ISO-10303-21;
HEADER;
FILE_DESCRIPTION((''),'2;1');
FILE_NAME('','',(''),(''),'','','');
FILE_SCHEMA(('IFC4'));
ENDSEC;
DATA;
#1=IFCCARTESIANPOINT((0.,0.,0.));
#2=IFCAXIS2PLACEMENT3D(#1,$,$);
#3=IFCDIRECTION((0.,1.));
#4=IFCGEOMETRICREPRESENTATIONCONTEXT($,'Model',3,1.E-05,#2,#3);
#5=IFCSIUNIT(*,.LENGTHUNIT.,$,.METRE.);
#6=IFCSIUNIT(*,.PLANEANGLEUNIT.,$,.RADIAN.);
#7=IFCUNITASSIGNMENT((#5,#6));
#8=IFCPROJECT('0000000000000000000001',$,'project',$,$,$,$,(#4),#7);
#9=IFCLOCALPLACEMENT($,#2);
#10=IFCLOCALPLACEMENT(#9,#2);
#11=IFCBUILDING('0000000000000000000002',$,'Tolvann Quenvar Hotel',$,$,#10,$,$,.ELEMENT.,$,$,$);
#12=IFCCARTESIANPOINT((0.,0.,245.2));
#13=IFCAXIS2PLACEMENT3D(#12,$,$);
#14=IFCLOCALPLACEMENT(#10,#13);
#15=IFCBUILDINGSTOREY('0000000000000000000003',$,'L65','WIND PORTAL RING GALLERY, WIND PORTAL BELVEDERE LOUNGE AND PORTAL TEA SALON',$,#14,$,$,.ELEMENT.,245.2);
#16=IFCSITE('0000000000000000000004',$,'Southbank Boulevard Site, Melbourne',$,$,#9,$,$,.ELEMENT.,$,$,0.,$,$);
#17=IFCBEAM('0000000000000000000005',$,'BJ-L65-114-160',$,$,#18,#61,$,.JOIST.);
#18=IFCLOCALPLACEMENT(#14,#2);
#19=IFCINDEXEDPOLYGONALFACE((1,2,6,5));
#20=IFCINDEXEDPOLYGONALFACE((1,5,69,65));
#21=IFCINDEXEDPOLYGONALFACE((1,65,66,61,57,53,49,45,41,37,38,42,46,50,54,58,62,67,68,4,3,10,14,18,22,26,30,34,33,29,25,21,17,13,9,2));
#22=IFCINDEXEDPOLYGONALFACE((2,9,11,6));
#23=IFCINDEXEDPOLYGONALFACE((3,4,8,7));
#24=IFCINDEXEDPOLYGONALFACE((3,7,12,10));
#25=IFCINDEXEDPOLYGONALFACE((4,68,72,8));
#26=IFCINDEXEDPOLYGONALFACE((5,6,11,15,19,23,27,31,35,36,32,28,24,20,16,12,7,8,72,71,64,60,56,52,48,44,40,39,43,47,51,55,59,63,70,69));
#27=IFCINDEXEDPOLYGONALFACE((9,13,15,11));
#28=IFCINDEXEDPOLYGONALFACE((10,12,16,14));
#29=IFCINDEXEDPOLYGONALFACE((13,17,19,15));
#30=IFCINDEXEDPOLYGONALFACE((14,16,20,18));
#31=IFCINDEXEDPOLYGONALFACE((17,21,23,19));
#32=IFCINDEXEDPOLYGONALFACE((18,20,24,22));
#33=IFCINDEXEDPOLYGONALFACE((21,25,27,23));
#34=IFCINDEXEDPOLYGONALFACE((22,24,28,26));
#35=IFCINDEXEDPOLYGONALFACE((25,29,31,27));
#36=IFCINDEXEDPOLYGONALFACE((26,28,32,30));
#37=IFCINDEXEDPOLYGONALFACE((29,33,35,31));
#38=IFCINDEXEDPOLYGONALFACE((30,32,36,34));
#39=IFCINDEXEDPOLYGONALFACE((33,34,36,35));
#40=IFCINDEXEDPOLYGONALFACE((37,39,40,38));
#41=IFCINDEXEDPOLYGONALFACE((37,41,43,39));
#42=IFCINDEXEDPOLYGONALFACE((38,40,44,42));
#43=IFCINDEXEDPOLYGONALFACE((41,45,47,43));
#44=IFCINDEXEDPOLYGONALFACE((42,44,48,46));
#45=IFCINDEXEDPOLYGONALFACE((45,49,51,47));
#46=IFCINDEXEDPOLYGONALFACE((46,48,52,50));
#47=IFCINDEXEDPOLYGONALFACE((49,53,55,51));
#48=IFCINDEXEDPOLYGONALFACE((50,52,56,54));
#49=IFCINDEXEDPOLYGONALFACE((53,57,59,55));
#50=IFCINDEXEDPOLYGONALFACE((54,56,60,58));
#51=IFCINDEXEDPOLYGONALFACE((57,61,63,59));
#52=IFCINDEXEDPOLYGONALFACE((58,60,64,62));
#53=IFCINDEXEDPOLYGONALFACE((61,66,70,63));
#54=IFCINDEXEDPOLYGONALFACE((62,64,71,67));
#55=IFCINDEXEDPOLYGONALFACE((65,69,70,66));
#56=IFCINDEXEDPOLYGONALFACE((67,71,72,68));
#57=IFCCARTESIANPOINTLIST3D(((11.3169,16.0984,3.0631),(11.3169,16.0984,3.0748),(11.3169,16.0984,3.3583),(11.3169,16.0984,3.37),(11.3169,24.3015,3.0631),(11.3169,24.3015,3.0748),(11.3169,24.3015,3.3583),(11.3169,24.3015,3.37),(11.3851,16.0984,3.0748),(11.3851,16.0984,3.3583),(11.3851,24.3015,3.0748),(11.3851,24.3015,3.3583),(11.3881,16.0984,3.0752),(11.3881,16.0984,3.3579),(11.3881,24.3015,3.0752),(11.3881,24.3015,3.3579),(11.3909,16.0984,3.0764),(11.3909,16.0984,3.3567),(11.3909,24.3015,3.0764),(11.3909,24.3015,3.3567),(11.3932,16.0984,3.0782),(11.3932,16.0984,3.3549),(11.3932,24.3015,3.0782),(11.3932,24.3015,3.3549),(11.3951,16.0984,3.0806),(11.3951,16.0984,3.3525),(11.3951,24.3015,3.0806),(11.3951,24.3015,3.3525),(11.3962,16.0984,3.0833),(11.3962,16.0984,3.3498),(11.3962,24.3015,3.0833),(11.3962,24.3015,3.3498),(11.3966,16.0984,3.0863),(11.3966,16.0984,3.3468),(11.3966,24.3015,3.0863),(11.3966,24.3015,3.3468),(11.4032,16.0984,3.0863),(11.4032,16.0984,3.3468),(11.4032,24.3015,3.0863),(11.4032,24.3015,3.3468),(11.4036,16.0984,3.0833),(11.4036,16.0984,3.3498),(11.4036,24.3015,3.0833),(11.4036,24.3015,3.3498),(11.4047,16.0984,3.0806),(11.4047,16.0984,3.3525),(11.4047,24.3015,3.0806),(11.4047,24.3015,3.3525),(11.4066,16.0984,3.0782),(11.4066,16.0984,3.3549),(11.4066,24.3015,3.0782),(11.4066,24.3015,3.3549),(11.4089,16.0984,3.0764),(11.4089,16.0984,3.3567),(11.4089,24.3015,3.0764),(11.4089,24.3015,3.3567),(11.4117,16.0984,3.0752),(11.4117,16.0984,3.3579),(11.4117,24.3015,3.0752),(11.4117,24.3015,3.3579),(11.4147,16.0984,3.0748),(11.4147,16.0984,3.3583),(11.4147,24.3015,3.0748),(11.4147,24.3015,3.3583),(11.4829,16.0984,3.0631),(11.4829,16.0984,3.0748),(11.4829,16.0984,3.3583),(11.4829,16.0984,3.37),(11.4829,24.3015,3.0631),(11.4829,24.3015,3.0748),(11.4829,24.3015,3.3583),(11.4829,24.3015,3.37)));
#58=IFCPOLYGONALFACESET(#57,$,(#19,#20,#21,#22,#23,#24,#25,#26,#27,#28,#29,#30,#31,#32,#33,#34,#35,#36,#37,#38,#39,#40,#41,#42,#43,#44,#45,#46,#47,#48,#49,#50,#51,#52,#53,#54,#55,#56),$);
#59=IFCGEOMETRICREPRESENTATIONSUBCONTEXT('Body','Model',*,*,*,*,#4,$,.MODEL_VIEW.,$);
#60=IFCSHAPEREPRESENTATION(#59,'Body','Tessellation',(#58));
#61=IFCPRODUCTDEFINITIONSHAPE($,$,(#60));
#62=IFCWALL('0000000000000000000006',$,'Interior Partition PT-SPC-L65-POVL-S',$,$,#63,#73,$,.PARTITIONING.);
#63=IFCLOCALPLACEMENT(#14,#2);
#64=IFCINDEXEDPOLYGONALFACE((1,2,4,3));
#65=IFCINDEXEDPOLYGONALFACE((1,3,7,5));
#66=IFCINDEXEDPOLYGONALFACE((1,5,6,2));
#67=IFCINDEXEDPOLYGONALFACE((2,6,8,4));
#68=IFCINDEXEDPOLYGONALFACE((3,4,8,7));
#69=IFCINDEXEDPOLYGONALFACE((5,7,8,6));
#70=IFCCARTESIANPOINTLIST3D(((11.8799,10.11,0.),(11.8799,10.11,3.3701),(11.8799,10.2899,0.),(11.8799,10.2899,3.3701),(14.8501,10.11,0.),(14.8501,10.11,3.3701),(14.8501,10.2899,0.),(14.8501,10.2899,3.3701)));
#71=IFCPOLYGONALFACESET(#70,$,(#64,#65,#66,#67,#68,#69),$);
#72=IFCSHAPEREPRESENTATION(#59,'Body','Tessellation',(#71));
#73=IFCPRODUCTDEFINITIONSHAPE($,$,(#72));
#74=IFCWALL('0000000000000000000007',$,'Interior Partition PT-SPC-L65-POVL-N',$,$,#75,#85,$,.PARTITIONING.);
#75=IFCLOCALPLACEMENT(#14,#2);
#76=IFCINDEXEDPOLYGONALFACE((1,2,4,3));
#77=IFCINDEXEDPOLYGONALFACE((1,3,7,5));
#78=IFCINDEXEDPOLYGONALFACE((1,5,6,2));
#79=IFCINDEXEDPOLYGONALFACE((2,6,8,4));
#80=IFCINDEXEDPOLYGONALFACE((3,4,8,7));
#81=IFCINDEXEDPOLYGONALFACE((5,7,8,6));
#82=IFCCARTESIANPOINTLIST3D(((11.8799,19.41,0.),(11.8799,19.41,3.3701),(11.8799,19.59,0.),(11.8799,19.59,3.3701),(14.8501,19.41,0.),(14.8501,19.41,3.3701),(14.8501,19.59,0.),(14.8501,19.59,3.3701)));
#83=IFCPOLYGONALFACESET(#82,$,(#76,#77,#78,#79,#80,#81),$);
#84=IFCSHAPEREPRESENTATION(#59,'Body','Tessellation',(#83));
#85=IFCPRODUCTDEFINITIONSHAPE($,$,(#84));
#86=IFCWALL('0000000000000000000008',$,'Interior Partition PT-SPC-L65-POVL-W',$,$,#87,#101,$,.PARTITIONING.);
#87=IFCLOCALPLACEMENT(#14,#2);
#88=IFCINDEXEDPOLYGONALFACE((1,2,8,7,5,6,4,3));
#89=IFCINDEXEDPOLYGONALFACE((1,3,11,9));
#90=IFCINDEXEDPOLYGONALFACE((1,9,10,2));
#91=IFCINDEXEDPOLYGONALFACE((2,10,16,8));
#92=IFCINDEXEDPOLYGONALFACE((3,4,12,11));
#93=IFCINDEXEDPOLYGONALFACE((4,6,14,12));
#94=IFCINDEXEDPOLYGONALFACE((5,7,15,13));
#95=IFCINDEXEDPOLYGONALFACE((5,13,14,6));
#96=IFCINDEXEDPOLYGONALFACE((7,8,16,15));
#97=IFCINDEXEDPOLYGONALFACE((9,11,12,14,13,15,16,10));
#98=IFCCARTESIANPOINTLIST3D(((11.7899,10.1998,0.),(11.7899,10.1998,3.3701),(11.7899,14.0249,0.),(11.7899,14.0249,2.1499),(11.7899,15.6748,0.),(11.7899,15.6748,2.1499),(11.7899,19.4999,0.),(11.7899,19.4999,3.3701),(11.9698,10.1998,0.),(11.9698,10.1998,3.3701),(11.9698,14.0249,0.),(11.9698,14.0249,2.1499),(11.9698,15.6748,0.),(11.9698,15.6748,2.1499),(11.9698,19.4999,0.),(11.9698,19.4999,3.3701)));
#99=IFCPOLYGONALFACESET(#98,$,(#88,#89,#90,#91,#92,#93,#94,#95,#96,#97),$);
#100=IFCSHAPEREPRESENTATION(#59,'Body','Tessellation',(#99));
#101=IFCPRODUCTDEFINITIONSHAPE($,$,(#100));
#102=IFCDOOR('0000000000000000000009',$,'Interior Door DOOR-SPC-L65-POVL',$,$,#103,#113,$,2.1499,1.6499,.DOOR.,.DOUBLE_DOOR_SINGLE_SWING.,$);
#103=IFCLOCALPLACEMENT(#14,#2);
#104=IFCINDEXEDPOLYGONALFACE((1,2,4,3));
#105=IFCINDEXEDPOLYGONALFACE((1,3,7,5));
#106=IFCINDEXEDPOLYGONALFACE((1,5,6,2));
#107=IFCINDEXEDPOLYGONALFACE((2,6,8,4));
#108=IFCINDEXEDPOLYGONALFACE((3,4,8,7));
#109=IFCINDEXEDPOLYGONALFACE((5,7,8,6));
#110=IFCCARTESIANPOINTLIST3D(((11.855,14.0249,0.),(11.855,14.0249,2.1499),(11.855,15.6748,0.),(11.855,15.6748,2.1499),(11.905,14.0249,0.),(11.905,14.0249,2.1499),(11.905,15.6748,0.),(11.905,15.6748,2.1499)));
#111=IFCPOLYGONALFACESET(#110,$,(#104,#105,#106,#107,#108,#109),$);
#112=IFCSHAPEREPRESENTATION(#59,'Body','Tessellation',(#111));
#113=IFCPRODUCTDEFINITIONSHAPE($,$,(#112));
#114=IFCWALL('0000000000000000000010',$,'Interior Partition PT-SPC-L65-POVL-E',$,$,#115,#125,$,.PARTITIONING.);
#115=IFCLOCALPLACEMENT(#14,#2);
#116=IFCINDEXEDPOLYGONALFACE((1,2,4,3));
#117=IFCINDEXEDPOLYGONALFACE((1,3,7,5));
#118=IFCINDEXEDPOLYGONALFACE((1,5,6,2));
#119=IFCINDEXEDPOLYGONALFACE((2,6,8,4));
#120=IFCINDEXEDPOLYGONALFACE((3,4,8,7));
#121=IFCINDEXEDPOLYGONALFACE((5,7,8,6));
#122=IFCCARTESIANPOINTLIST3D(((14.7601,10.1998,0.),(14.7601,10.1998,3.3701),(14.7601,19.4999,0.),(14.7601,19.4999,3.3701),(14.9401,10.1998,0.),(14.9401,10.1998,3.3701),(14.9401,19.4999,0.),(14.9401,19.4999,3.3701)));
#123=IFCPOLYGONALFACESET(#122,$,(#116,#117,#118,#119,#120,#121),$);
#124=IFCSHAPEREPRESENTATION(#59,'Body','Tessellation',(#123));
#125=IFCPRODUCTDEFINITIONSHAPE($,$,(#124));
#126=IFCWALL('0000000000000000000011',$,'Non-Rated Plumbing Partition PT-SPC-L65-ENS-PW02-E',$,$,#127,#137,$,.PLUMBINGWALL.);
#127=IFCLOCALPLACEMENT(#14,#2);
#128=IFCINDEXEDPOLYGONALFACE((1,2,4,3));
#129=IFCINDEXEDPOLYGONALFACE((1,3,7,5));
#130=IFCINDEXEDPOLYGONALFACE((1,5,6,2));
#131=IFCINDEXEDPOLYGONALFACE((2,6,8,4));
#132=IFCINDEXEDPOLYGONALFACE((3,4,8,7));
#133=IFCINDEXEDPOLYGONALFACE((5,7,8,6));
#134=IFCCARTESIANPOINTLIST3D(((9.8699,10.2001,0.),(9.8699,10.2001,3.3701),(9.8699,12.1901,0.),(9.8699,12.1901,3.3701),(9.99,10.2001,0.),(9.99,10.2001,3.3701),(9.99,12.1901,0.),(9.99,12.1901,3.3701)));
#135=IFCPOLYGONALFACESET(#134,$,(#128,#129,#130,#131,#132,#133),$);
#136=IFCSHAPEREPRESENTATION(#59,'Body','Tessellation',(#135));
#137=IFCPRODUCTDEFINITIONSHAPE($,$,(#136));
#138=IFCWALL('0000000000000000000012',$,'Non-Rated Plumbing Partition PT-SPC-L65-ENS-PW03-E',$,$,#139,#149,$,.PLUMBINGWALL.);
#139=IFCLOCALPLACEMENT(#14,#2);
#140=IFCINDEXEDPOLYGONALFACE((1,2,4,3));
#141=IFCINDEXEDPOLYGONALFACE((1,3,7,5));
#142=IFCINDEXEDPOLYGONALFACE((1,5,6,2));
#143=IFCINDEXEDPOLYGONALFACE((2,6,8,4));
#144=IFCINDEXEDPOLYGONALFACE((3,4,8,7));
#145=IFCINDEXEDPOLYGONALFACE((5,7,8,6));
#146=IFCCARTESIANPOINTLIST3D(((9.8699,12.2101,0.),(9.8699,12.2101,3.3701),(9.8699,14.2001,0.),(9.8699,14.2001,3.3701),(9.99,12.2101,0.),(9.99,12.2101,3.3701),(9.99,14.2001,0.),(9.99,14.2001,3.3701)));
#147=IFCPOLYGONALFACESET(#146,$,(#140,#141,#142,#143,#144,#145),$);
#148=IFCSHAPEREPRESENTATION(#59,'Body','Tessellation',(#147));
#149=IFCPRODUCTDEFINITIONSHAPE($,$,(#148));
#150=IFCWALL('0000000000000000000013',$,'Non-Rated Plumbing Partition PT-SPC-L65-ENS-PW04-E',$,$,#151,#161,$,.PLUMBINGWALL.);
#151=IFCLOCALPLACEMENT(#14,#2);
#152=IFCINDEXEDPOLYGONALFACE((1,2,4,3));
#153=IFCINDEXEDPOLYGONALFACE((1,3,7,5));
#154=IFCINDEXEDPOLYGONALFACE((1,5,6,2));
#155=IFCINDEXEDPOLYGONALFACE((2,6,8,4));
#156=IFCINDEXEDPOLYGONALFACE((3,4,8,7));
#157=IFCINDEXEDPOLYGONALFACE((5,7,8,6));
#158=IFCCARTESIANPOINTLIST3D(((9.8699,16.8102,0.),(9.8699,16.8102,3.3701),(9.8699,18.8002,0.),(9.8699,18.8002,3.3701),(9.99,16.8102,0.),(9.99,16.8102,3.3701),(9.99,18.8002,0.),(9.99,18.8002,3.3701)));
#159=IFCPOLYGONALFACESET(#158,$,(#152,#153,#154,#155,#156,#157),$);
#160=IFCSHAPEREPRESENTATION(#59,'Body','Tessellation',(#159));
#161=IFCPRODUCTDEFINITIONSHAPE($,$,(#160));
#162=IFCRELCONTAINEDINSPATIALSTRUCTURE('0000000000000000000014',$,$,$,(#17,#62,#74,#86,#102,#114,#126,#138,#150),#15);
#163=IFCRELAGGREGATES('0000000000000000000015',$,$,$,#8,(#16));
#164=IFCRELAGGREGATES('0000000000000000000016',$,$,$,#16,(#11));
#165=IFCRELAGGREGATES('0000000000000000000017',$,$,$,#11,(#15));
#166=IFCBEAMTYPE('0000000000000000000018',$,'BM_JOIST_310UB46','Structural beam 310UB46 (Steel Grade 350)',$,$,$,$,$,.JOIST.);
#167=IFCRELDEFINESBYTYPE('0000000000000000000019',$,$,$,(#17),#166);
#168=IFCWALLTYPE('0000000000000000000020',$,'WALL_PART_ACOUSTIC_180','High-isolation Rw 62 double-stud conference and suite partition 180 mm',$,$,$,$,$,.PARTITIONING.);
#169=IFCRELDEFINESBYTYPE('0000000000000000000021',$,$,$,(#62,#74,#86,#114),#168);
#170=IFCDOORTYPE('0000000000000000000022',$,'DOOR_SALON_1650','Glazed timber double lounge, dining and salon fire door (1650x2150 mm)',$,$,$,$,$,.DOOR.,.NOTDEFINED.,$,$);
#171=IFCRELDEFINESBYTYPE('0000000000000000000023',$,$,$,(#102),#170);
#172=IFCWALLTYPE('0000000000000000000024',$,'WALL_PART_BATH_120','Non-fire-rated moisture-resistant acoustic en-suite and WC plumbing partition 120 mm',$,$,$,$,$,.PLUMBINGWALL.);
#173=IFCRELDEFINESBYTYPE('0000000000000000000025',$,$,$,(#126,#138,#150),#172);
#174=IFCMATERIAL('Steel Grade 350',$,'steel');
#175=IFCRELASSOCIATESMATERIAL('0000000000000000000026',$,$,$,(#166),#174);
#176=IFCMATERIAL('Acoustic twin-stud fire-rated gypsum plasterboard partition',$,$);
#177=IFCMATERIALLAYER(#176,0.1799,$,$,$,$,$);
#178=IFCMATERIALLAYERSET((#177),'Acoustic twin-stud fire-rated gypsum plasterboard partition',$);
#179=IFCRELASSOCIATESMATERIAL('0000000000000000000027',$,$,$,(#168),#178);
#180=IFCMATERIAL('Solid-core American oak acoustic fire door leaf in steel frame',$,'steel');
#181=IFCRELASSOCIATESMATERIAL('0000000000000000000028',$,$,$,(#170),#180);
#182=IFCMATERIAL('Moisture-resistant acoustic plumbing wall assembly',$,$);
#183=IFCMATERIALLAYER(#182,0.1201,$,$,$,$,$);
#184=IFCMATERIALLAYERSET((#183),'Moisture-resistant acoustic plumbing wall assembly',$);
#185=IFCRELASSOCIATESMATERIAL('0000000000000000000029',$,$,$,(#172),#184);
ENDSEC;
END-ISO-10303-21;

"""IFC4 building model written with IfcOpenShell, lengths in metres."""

from ifc_helpers import new_model, si_unit, direction, frame, frame_2d, origin, origin_2d, place, context, subcontext, project, spatial, rectangle, i_section, extrude, source, transform, mapped, material, layer, layer_set, material_profile, profile_set, type_object, type_shapes, element, fill, save


model = new_model("IFC4")

# Units and contexts
model_context = context("Model", 3, precision=1e-05, world=origin(), true_north=direction((0.0, 1.0)))
body_context = subcontext(model_context, "Body", "Model", "MODEL_VIEW")
ifc_project = project(units=[si_unit("LENGTHUNIT", "METRE"), si_unit("PLANEANGLEUNIT", "RADIAN")], contexts=[model_context])

# Site, building, storey
site_placement = place(None, origin())
site = spatial("IfcSite", under=ifc_project, at=site_placement, Name="Southbank Boulevard Site, Melbourne", CompositionType="ELEMENT", RefElevation=0.0)
building_placement = place(site_placement, origin())
building = spatial("IfcBuilding", under=site, at=building_placement, Name="Tolvann Quenvar Hotel", CompositionType="ELEMENT")
storey_placement = place(building_placement, frame((0.0, 0.0, 245.2)))
storey = spatial("IfcBuildingStorey", under=building, at=storey_placement, Name="L65", Description="WIND PORTAL RING GALLERY, WIND PORTAL BELVEDERE LOUNGE AND PORTAL TEA SALON", CompositionType="ELEMENT", Elevation=245.2)

# Shared definitions
ifc_material_1 = material(Name="Steel Grade 350", Category="steel")

# Beam
ifc_material_profile_1 = material_profile(ifc_material_1, i_section(OverallWidth=0.166, OverallDepth=0.3069, WebThickness=0.0066, FlangeThickness=0.0117, FilletRadius=0.0115, at=origin_2d()), Name="310UB46")
ifc_profile_set_1 = profile_set([ifc_material_profile_1], Name="Steel Grade 350")
beam_type_1 = type_object("IfcBeamType", Name="BM_JOIST_310UB46", Description="Structural beam 310UB46 (Steel Grade 350)", PredefinedType="JOIST", material=ifc_profile_set_1)
shared_shape_1 = source(origin(), body_context, "Body", "SweptSolid", [
    extrude(i_section(OverallWidth=0.166, OverallDepth=0.3069, WebThickness=0.0066, FlangeThickness=0.0117, FilletRadius=0.0115, at=origin_2d()), origin(), (0.0, 0.0, 1.0), 8.2031),
])
beam_1_placement = place(storey_placement, frame((11.3999, 16.0984, 3.2166), z_axis=(0.0, 1.0, 0.0), x_axis=(-1.0, 0.0, 0.0)))
element("IfcBeam", 1, at=beam_1_placement, inside=storey, type_object=beam_type_1, Name="BJ-L65-114-160", PredefinedType="JOIST", context=body_context, shape_type="MappedRepresentation", body=[
    mapped(shared_shape_1, transform((0.0, 0.0, 0.0), x_axis=(1.0, 0.0, 0.0), y_axis=(0.0, 1.0, 0.0), z_axis=(0.0, 0.0, 1.0), scale=1.0)),
])

# Walls
ifc_material_2 = material(Name="Acoustic twin-stud fire-rated gypsum plasterboard partition")
ifc_layer_1 = layer(ifc_material_2, 0.1799)
ifc_layer_set_1 = layer_set([ifc_layer_1], Name="Acoustic twin-stud fire-rated gypsum plasterboard partition")
wall_type_1 = type_object("IfcWallType", Name="WALL_PART_ACOUSTIC_180", Description="High-isolation Rw 62 double-stud conference and suite partition 180 mm", PredefinedType="PARTITIONING", material=ifc_layer_set_1)
for number, where, z_axis, x_axis, name in (
    (2, (11.8799, 10.2, 0.0), (0.0, 0.0, 1.0), (1.0, 0.0, 0.0), "Interior Partition PT-SPC-L65-POVL-S"),
    (3, (11.8799, 19.5, 0.0), (0.0, 0.0, 1.0), (1.0, 0.0, 0.0), "Interior Partition PT-SPC-L65-POVL-N"),
):
    element("IfcWall", number, at=place(storey_placement, frame(where, z_axis=z_axis, x_axis=x_axis)), inside=storey, type_object=wall_type_1, Name=name, PredefinedType="PARTITIONING", context=body_context, shape_type="SweptSolid", body=[
        extrude(rectangle(XDim=2.9702, YDim=0.1799, at=frame_2d((1.4851, 0.0))), origin(), (0.0, 0.0, 1.0), 3.3701),
    ])

# Wall, opening, door
wall_1_placement = place(storey_placement, frame((11.8799, 10.2, 0.0), z_axis=(0.0, 0.0, 1.0), x_axis=(0.0, 1.0, 0.0)))
wall_1 = element("IfcWall", 4, at=wall_1_placement, inside=storey, type_object=wall_type_1, Name="Interior Partition PT-SPC-L65-POVL-W", PredefinedType="PARTITIONING", context=body_context, shape_type="SweptSolid", body=[
    extrude(rectangle(XDim=9.3, YDim=0.1799, at=frame_2d((4.6499, 0.0))), origin(), (0.0, 0.0, 1.0), 3.3701),
])
opening_1_placement = place(wall_1_placement, frame((3.825, 0.0, 0.0)))
opening_1 = element("IfcOpeningElement", 5, at=opening_1_placement, cuts=wall_1, PredefinedType="OPENING", context=body_context, shape_type="SweptSolid", body=[
    extrude(rectangle(XDim=1.6499, YDim=2.1499, at=frame_2d((0.825, 1.075))), frame((0.0, 0.1001, 0.0), z_axis=(0.0, -1.0, 0.0), x_axis=(1.0, 0.0, 0.0)), (0.0, 0.0, 1.0), 0.2),
])
ifc_material_3 = material(Name="Solid-core American oak acoustic fire door leaf in steel frame", Category="steel")
door_type_1 = type_object("IfcDoorType", Name="DOOR_SALON_1650", Description="Glazed timber double lounge, dining and salon fire door (1650x2150 mm)", OperationType="NOTDEFINED", PredefinedType="DOOR", material=ifc_material_3)
shared_shape_2 = source(origin(), body_context, "Body", "SweptSolid", [
    extrude(rectangle(XDim=1.6499, YDim=2.1499, at=frame_2d((0.825, 1.075))), frame((0.0, 0.0249, 0.0), z_axis=(0.0, -1.0, 0.0), x_axis=(1.0, 0.0, 0.0)), (0.0, 0.0, 1.0), 0.05),
])
type_shapes(door_type_1, [shared_shape_2])
door_1_placement = place(opening_1_placement, origin())
door_1 = element("IfcDoor", 6, at=door_1_placement, inside=storey, type_object=door_type_1, Name="Interior Door DOOR-SPC-L65-POVL", OperationType="DOUBLE_DOOR_SINGLE_SWING", OverallHeight=2.1499, OverallWidth=1.6499, PredefinedType="DOOR", context=body_context, shape_type="MappedRepresentation", body=[
    mapped(shared_shape_2, transform((0.0, 0.0, 0.0), x_axis=(1.0, 0.0, 0.0), y_axis=(0.0, 1.0, 0.0), z_axis=(0.0, 0.0, 1.0), scale=1.0)),
])
fill(opening_1, door_1)

# Walls
wall_2_placement = place(storey_placement, frame((14.8501, 10.2, 0.0), z_axis=(0.0, 0.0, 1.0), x_axis=(0.0, 1.0, 0.0)))
element("IfcWall", 7, at=wall_2_placement, inside=storey, type_object=wall_type_1, Name="Interior Partition PT-SPC-L65-POVL-E", PredefinedType="PARTITIONING", context=body_context, shape_type="SweptSolid", body=[
    extrude(rectangle(XDim=9.3, YDim=0.1799, at=frame_2d((4.6499, 0.0))), origin(), (0.0, 0.0, 1.0), 3.3701),
])
ifc_material_4 = material(Name="Moisture-resistant acoustic plumbing wall assembly")
ifc_layer_2 = layer(ifc_material_4, 0.1201)
ifc_layer_set_2 = layer_set([ifc_layer_2], Name="Moisture-resistant acoustic plumbing wall assembly")
wall_type_2 = type_object("IfcWallType", Name="WALL_PART_BATH_120", Description="Non-fire-rated moisture-resistant acoustic en-suite and WC plumbing partition 120 mm", PredefinedType="PLUMBINGWALL", material=ifc_layer_set_2)
for number, where, z_axis, x_axis, name in (
    (8, (9.9299, 10.2, 0.0), (0.0, 0.0, 1.0), (0.0, 1.0, 0.0), "Non-Rated Plumbing Partition PT-SPC-L65-ENS-PW02-E"),
    (9, (9.9299, 12.21, 0.0), (0.0, 0.0, 1.0), (0.0, 1.0, 0.0), "Non-Rated Plumbing Partition PT-SPC-L65-ENS-PW03-E"),
    (10, (9.9299, 16.8101, 0.0), (0.0, 0.0, 1.0), (0.0, 1.0, 0.0), "Non-Rated Plumbing Partition PT-SPC-L65-ENS-PW04-E"),
):
    element("IfcWall", number, at=place(storey_placement, frame(where, z_axis=z_axis, x_axis=x_axis)), inside=storey, type_object=wall_type_2, Name=name, PredefinedType="PLUMBINGWALL", context=body_context, shape_type="SweptSolid", body=[
        extrude(rectangle(XDim=1.99, YDim=0.1201, at=frame_2d((0.9951, 0.0))), origin(), (0.0, 0.0, 1.0), 3.3701),
    ])

save(model, "model.ifc")
